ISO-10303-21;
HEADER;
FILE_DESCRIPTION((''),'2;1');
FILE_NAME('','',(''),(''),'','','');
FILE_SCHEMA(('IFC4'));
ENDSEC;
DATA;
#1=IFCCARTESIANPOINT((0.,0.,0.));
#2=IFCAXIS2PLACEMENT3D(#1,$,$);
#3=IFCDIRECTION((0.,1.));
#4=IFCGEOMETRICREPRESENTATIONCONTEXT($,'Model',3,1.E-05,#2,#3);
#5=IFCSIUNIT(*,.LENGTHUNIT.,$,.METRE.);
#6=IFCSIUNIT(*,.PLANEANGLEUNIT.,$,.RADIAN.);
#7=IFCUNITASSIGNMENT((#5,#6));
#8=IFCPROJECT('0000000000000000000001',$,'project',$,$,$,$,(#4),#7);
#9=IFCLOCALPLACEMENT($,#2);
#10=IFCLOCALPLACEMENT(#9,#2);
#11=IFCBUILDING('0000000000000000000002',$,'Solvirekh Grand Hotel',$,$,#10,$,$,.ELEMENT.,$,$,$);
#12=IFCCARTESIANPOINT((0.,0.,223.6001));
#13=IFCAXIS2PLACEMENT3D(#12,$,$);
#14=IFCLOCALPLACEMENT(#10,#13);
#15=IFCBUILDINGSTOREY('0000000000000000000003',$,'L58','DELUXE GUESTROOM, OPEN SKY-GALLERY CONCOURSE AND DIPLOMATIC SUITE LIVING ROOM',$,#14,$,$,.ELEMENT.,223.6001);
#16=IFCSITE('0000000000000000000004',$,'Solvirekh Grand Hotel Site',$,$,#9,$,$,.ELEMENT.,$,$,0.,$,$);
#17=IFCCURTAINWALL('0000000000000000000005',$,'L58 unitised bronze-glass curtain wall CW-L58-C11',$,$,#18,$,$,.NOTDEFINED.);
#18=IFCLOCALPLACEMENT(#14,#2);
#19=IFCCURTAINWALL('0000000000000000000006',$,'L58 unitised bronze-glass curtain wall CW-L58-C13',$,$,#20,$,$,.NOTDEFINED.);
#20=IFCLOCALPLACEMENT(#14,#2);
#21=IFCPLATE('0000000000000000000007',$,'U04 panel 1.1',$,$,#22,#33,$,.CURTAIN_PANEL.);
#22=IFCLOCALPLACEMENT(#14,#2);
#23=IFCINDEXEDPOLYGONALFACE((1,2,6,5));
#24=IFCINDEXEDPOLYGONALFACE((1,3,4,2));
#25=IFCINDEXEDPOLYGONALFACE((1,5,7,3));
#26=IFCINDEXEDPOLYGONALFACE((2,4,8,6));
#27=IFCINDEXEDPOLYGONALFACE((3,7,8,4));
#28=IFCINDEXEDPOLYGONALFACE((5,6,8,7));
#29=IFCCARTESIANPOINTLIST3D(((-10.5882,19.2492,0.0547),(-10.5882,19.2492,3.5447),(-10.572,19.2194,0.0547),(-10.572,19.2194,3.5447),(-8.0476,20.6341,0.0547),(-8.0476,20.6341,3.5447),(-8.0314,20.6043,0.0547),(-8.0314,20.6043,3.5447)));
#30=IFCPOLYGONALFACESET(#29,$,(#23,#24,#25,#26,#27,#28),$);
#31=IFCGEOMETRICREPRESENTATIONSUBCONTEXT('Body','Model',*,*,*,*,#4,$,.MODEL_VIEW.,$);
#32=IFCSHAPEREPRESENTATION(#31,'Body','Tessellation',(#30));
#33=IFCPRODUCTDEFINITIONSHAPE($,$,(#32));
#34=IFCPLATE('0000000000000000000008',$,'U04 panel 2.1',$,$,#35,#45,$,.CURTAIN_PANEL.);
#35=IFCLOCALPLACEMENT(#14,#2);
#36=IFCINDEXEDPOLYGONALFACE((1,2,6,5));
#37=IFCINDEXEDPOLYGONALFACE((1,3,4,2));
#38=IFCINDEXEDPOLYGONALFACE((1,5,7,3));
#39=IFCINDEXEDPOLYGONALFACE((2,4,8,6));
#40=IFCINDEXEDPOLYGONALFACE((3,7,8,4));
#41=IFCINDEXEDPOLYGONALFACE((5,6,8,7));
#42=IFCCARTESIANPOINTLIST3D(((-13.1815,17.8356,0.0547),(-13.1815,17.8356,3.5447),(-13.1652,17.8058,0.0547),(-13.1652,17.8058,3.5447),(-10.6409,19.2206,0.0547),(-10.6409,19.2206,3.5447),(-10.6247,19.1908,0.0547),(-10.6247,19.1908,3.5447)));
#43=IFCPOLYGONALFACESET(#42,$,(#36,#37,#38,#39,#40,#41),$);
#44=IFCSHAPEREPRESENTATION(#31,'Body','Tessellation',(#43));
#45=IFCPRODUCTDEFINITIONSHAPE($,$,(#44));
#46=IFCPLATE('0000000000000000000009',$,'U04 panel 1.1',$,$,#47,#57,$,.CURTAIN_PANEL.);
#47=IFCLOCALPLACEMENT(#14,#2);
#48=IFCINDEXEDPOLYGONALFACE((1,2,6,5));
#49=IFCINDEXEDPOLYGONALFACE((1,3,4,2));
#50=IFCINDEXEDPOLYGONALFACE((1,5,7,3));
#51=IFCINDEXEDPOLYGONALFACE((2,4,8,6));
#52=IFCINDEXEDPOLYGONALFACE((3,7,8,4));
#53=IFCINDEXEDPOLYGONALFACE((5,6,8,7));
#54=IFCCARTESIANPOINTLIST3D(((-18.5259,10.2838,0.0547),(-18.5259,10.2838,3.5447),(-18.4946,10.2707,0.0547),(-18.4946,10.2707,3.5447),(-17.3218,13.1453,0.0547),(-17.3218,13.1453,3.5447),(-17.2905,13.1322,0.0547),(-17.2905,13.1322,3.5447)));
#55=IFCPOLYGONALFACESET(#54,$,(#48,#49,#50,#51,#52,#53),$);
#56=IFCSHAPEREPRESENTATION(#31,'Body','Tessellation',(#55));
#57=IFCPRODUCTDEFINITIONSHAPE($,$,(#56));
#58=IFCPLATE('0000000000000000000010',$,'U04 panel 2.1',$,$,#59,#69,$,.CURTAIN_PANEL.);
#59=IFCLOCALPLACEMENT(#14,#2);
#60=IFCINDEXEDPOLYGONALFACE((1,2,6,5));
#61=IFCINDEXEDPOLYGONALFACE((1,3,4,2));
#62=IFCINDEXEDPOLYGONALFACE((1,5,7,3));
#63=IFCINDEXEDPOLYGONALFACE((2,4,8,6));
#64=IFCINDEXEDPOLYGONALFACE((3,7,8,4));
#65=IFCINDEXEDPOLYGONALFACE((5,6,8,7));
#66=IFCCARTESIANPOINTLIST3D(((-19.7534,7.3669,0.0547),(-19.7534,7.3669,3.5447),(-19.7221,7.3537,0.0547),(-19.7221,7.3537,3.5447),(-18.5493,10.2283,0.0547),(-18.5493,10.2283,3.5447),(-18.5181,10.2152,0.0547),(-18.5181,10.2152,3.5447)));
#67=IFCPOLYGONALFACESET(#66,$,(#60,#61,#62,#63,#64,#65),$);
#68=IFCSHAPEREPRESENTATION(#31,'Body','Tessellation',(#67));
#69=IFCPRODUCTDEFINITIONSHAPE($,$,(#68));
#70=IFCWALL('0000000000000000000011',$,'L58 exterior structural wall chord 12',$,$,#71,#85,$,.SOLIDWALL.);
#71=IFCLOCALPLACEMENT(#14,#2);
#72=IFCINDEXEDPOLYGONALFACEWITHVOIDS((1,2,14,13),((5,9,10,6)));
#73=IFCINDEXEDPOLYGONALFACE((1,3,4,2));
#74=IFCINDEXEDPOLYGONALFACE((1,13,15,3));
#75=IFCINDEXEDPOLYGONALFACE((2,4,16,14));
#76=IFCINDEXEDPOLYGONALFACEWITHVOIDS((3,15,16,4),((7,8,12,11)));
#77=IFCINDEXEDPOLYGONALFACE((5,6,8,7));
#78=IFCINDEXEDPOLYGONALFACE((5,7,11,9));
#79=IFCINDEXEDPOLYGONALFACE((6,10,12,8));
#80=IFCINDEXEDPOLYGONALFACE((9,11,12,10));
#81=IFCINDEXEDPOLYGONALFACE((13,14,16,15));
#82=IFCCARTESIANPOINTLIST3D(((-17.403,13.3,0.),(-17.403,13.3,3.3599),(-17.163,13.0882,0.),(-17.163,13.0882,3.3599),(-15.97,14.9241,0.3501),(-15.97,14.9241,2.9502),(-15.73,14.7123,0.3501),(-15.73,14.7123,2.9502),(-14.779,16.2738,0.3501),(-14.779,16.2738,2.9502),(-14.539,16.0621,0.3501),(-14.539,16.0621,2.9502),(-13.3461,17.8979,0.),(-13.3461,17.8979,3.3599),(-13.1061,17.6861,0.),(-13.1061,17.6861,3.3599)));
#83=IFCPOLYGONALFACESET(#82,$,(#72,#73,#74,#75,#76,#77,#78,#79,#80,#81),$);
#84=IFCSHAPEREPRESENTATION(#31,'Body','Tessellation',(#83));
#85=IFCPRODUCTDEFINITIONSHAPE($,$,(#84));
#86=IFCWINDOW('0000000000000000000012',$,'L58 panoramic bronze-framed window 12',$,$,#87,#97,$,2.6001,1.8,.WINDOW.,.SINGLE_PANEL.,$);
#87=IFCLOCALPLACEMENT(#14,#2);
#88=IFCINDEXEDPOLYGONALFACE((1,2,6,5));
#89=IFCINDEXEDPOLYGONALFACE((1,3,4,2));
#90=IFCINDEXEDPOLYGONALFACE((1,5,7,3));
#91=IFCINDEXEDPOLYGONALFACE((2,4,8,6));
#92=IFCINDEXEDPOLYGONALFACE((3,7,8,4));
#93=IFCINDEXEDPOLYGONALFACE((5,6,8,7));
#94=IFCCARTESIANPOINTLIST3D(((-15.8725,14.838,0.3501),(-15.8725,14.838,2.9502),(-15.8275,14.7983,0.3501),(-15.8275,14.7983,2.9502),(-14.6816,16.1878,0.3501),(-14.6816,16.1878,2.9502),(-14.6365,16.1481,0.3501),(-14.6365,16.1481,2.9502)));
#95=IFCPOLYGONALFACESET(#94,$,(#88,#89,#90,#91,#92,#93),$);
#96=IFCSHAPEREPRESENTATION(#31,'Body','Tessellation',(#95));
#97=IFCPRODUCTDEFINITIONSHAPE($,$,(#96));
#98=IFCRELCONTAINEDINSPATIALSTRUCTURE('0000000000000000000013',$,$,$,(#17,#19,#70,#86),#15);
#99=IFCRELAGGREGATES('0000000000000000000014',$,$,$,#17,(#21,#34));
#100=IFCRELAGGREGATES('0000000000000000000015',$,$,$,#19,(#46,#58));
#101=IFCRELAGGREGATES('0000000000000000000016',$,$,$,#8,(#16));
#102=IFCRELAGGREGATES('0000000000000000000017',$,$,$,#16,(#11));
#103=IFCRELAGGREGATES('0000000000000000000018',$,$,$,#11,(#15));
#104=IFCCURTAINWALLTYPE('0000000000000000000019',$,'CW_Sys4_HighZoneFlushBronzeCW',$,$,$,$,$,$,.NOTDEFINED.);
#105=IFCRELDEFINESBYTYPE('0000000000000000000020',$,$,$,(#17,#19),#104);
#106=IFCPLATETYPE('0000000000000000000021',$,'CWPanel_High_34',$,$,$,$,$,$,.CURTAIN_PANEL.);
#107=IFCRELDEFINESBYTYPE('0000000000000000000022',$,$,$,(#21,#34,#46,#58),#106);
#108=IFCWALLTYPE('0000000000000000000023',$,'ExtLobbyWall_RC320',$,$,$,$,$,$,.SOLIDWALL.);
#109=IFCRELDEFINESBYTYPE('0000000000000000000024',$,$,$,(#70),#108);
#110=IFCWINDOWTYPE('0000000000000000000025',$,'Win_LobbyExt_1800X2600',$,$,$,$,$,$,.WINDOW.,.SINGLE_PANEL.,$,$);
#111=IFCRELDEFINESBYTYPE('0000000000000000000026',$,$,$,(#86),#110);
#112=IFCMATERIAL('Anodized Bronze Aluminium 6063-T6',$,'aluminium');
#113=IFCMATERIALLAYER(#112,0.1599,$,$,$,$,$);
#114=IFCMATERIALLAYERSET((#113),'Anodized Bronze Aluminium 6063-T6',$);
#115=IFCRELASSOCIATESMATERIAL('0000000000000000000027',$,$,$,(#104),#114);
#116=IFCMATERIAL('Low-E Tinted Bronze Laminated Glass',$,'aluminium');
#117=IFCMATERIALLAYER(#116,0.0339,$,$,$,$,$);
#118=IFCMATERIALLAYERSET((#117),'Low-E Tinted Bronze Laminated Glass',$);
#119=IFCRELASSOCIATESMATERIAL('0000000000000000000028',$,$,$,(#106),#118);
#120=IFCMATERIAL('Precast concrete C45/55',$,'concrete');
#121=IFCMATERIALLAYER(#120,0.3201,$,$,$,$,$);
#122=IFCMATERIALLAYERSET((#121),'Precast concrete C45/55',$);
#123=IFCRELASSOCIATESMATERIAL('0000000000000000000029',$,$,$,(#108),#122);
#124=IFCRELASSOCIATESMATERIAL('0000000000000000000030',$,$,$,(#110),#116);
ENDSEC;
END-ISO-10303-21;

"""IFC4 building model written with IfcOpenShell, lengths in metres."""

from ifc_helpers import new_model, si_unit, direction, frame, frame_2d, origin, origin_2d, place, context, subcontext, project, spatial, rectangle, extrude, source, transform, mapped, material, layer, layer_set, type_object, element, fill, aggregate, save


model = new_model("IFC4")

# Units and contexts
model_context = context("Model", 3, precision=1e-05, world=origin(), true_north=direction((0.0, 1.0)))
body_context = subcontext(model_context, "Body", "Model", "MODEL_VIEW")
ifc_project = project(units=[si_unit("LENGTHUNIT", "METRE"), si_unit("PLANEANGLEUNIT", "RADIAN")], contexts=[model_context])

# Site, building, storey
site_placement = place(None, origin())
site = spatial("IfcSite", under=ifc_project, at=site_placement, Name="Solvirekh Grand Hotel Site", CompositionType="ELEMENT", RefElevation=0.0)
building_placement = place(site_placement, origin())
building = spatial("IfcBuilding", under=site, at=building_placement, Name="Solvirekh Grand Hotel", CompositionType="ELEMENT")
storey_placement = place(building_placement, frame((0.0, 0.0, 223.6001)))
storey = spatial("IfcBuildingStorey", under=building, at=storey_placement, Name="L58", Description="DELUXE GUESTROOM, OPEN SKY-GALLERY CONCOURSE AND DIPLOMATIC SUITE LIVING ROOM", CompositionType="ELEMENT", Elevation=223.6001)

# Curtain walls
ifc_material_1 = material(Name="Anodized Bronze Aluminium 6063-T6", Category="aluminium")
ifc_layer_1 = layer(ifc_material_1, 0.1599)
ifc_layer_set_1 = layer_set([ifc_layer_1], Name="Anodized Bronze Aluminium 6063-T6")
curtain_wall_type = type_object("IfcCurtainWallType", Name="CW_Sys4_HighZoneFlushBronzeCW", PredefinedType="NOTDEFINED", material=ifc_layer_set_1)
curtain_wall_1_placement = place(storey_placement, origin())
curtain_wall_1 = element("IfcCurtainWall", 1, at=curtain_wall_1_placement, inside=storey, type_object=curtain_wall_type, Name="L58 unitised bronze-glass curtain wall CW-L58-C11", PredefinedType="NOTDEFINED")
curtain_wall_2_placement = place(storey_placement, origin())
curtain_wall_2 = element("IfcCurtainWall", 2, at=curtain_wall_2_placement, inside=storey, type_object=curtain_wall_type, Name="L58 unitised bronze-glass curtain wall CW-L58-C13", PredefinedType="NOTDEFINED")

# Plates
ifc_material_2 = material(Name="Low-E Tinted Bronze Laminated Glass", Category="aluminium")
ifc_layer_2 = layer(ifc_material_2, 0.0339)
ifc_layer_set_2 = layer_set([ifc_layer_2], Name="Low-E Tinted Bronze Laminated Glass")
plate_type = type_object("IfcPlateType", Name="CWPanel_High_34", PredefinedType="CURTAIN_PANEL", material=ifc_layer_set_2)
shared_shape_1 = source(origin(), body_context, "Body", "SweptSolid", [
    extrude(rectangle(XDim=2.8936, YDim=0.0339, at=origin_2d()), origin(), (0.0, 0.0, 1.0), 3.49),
])
plate_1_placement = place(storey_placement, frame((-9.3098, 19.9268, 0.0547), z_axis=(0.0, 0.0, 1.0), x_axis=(-0.878011, -0.478641, 0.0)))
plate_1 = element("IfcPlate", 3, at=plate_1_placement, type_object=plate_type, Name="U04 panel 1.1", PredefinedType="CURTAIN_PANEL", context=body_context, shape_type="MappedRepresentation", body=[
    mapped(shared_shape_1, transform((0.0, 0.0, 0.0), x_axis=(1.0, 0.0, 0.0), y_axis=(0.0, 1.0, 0.0), z_axis=(0.0, 0.0, 1.0), scale=1.0)),
])
plate_2_placement = place(storey_placement, frame((-11.9031, 18.5132, 0.0547), z_axis=(0.0, 0.0, 1.0), x_axis=(-0.878011, -0.478641, 0.0)))
plate_2 = element("IfcPlate", 4, at=plate_2_placement, type_object=plate_type, Name="U04 panel 2.1", PredefinedType="CURTAIN_PANEL", context=body_context, shape_type="MappedRepresentation", body=[
    mapped(shared_shape_1, transform((0.0, 0.0, 0.0), x_axis=(1.0, 0.0, 0.0), y_axis=(0.0, 1.0, 0.0), z_axis=(0.0, 0.0, 1.0), scale=1.0)),
])
aggregate(curtain_wall_1, [plate_1, plate_2])
shared_shape_2 = source(origin(), body_context, "Body", "SweptSolid", [
    extrude(rectangle(XDim=3.1045, YDim=0.0339, at=origin_2d()), origin(), (0.0, 0.0, 1.0), 3.49),
])
plate_3_placement = place(storey_placement, frame((-17.9082, 11.708, 0.0547), z_axis=(0.0, 0.0, 1.0), x_axis=(-0.387847, -0.921724, 0.0)))
plate_3 = element("IfcPlate", 5, at=plate_3_placement, type_object=plate_type, Name="U04 panel 1.1", PredefinedType="CURTAIN_PANEL", context=body_context, shape_type="MappedRepresentation", body=[
    mapped(shared_shape_2, transform((0.0, 0.0, 0.0), x_axis=(1.0, 0.0, 0.0), y_axis=(0.0, 1.0, 0.0), z_axis=(0.0, 0.0, 1.0), scale=1.0)),
])
plate_4_placement = place(storey_placement, frame((-19.1357, 8.791, 0.0547), z_axis=(0.0, 0.0, 1.0), x_axis=(-0.387847, -0.921724, 0.0)))
plate_4 = element("IfcPlate", 6, at=plate_4_placement, type_object=plate_type, Name="U04 panel 2.1", PredefinedType="CURTAIN_PANEL", context=body_context, shape_type="MappedRepresentation", body=[
    mapped(shared_shape_2, transform((0.0, 0.0, 0.0), x_axis=(1.0, 0.0, 0.0), y_axis=(0.0, 1.0, 0.0), z_axis=(0.0, 0.0, 1.0), scale=1.0)),
])
aggregate(curtain_wall_2, [plate_3, plate_4])

# Wall, opening, window
ifc_material_3 = material(Name="Precast concrete C45/55", Category="concrete")
ifc_layer_3 = layer(ifc_material_3, 0.3201)
ifc_layer_set_3 = layer_set([ifc_layer_3], Name="Precast concrete C45/55")
wall_type = type_object("IfcWallType", Name="ExtLobbyWall_RC320", PredefinedType="SOLIDWALL", material=ifc_layer_set_3)
wall_placement = place(storey_placement, frame((-17.283, 13.1941, 0.0), z_axis=(0.0, 0.0, 1.0), x_axis=(0.661614, 0.749845, 0.0)))
wall = element("IfcWall", 7, at=wall_placement, inside=storey, type_object=wall_type, Name="L58 exterior structural wall chord 12", PredefinedType="SOLIDWALL", context=body_context, shape_type="SweptSolid", body=[
    extrude(rectangle(XDim=6.1318, YDim=0.3201, at=frame_2d((3.0659, 0.0))), origin(), (0.0, 0.0, 1.0), 3.3599),
])
opening_placement = place(wall_placement, frame((2.166, 0.0, 0.3501)))
opening = element("IfcOpeningElement", 8, at=opening_placement, cuts=wall, PredefinedType="OPENING", context=body_context, shape_type="SweptSolid", body=[
    extrude(rectangle(XDim=1.8, YDim=2.6001, at=frame_2d((0.8999, 1.3))), frame((0.0, 0.1699, 0.0), z_axis=(0.0, -1.0, 0.0), x_axis=(1.0, 0.0, 0.0)), (0.0, 0.0, 1.0), 0.3401),
])
window_type = type_object("IfcWindowType", Name="Win_LobbyExt_1800X2600", PartitioningType="SINGLE_PANEL", PredefinedType="WINDOW", material=ifc_material_2)
window_placement = place(opening_placement, origin())
window = element("IfcWindow", 9, at=window_placement, inside=storey, type_object=window_type, Name="L58 panoramic bronze-framed window 12", OverallHeight=2.6001, OverallWidth=1.8, PartitioningType="SINGLE_PANEL", PredefinedType="WINDOW", context=body_context, shape_type="SweptSolid", body=[
    extrude(rectangle(XDim=1.8, YDim=2.6001, at=frame_2d((0.8999, 1.3))), frame((0.0, 0.03, 0.0), z_axis=(0.0, -1.0, 0.0), x_axis=(1.0, 0.0, 0.0)), (0.0, 0.0, 1.0), 0.0601),
])
fill(opening, window)

save(model, "model.ifc")
